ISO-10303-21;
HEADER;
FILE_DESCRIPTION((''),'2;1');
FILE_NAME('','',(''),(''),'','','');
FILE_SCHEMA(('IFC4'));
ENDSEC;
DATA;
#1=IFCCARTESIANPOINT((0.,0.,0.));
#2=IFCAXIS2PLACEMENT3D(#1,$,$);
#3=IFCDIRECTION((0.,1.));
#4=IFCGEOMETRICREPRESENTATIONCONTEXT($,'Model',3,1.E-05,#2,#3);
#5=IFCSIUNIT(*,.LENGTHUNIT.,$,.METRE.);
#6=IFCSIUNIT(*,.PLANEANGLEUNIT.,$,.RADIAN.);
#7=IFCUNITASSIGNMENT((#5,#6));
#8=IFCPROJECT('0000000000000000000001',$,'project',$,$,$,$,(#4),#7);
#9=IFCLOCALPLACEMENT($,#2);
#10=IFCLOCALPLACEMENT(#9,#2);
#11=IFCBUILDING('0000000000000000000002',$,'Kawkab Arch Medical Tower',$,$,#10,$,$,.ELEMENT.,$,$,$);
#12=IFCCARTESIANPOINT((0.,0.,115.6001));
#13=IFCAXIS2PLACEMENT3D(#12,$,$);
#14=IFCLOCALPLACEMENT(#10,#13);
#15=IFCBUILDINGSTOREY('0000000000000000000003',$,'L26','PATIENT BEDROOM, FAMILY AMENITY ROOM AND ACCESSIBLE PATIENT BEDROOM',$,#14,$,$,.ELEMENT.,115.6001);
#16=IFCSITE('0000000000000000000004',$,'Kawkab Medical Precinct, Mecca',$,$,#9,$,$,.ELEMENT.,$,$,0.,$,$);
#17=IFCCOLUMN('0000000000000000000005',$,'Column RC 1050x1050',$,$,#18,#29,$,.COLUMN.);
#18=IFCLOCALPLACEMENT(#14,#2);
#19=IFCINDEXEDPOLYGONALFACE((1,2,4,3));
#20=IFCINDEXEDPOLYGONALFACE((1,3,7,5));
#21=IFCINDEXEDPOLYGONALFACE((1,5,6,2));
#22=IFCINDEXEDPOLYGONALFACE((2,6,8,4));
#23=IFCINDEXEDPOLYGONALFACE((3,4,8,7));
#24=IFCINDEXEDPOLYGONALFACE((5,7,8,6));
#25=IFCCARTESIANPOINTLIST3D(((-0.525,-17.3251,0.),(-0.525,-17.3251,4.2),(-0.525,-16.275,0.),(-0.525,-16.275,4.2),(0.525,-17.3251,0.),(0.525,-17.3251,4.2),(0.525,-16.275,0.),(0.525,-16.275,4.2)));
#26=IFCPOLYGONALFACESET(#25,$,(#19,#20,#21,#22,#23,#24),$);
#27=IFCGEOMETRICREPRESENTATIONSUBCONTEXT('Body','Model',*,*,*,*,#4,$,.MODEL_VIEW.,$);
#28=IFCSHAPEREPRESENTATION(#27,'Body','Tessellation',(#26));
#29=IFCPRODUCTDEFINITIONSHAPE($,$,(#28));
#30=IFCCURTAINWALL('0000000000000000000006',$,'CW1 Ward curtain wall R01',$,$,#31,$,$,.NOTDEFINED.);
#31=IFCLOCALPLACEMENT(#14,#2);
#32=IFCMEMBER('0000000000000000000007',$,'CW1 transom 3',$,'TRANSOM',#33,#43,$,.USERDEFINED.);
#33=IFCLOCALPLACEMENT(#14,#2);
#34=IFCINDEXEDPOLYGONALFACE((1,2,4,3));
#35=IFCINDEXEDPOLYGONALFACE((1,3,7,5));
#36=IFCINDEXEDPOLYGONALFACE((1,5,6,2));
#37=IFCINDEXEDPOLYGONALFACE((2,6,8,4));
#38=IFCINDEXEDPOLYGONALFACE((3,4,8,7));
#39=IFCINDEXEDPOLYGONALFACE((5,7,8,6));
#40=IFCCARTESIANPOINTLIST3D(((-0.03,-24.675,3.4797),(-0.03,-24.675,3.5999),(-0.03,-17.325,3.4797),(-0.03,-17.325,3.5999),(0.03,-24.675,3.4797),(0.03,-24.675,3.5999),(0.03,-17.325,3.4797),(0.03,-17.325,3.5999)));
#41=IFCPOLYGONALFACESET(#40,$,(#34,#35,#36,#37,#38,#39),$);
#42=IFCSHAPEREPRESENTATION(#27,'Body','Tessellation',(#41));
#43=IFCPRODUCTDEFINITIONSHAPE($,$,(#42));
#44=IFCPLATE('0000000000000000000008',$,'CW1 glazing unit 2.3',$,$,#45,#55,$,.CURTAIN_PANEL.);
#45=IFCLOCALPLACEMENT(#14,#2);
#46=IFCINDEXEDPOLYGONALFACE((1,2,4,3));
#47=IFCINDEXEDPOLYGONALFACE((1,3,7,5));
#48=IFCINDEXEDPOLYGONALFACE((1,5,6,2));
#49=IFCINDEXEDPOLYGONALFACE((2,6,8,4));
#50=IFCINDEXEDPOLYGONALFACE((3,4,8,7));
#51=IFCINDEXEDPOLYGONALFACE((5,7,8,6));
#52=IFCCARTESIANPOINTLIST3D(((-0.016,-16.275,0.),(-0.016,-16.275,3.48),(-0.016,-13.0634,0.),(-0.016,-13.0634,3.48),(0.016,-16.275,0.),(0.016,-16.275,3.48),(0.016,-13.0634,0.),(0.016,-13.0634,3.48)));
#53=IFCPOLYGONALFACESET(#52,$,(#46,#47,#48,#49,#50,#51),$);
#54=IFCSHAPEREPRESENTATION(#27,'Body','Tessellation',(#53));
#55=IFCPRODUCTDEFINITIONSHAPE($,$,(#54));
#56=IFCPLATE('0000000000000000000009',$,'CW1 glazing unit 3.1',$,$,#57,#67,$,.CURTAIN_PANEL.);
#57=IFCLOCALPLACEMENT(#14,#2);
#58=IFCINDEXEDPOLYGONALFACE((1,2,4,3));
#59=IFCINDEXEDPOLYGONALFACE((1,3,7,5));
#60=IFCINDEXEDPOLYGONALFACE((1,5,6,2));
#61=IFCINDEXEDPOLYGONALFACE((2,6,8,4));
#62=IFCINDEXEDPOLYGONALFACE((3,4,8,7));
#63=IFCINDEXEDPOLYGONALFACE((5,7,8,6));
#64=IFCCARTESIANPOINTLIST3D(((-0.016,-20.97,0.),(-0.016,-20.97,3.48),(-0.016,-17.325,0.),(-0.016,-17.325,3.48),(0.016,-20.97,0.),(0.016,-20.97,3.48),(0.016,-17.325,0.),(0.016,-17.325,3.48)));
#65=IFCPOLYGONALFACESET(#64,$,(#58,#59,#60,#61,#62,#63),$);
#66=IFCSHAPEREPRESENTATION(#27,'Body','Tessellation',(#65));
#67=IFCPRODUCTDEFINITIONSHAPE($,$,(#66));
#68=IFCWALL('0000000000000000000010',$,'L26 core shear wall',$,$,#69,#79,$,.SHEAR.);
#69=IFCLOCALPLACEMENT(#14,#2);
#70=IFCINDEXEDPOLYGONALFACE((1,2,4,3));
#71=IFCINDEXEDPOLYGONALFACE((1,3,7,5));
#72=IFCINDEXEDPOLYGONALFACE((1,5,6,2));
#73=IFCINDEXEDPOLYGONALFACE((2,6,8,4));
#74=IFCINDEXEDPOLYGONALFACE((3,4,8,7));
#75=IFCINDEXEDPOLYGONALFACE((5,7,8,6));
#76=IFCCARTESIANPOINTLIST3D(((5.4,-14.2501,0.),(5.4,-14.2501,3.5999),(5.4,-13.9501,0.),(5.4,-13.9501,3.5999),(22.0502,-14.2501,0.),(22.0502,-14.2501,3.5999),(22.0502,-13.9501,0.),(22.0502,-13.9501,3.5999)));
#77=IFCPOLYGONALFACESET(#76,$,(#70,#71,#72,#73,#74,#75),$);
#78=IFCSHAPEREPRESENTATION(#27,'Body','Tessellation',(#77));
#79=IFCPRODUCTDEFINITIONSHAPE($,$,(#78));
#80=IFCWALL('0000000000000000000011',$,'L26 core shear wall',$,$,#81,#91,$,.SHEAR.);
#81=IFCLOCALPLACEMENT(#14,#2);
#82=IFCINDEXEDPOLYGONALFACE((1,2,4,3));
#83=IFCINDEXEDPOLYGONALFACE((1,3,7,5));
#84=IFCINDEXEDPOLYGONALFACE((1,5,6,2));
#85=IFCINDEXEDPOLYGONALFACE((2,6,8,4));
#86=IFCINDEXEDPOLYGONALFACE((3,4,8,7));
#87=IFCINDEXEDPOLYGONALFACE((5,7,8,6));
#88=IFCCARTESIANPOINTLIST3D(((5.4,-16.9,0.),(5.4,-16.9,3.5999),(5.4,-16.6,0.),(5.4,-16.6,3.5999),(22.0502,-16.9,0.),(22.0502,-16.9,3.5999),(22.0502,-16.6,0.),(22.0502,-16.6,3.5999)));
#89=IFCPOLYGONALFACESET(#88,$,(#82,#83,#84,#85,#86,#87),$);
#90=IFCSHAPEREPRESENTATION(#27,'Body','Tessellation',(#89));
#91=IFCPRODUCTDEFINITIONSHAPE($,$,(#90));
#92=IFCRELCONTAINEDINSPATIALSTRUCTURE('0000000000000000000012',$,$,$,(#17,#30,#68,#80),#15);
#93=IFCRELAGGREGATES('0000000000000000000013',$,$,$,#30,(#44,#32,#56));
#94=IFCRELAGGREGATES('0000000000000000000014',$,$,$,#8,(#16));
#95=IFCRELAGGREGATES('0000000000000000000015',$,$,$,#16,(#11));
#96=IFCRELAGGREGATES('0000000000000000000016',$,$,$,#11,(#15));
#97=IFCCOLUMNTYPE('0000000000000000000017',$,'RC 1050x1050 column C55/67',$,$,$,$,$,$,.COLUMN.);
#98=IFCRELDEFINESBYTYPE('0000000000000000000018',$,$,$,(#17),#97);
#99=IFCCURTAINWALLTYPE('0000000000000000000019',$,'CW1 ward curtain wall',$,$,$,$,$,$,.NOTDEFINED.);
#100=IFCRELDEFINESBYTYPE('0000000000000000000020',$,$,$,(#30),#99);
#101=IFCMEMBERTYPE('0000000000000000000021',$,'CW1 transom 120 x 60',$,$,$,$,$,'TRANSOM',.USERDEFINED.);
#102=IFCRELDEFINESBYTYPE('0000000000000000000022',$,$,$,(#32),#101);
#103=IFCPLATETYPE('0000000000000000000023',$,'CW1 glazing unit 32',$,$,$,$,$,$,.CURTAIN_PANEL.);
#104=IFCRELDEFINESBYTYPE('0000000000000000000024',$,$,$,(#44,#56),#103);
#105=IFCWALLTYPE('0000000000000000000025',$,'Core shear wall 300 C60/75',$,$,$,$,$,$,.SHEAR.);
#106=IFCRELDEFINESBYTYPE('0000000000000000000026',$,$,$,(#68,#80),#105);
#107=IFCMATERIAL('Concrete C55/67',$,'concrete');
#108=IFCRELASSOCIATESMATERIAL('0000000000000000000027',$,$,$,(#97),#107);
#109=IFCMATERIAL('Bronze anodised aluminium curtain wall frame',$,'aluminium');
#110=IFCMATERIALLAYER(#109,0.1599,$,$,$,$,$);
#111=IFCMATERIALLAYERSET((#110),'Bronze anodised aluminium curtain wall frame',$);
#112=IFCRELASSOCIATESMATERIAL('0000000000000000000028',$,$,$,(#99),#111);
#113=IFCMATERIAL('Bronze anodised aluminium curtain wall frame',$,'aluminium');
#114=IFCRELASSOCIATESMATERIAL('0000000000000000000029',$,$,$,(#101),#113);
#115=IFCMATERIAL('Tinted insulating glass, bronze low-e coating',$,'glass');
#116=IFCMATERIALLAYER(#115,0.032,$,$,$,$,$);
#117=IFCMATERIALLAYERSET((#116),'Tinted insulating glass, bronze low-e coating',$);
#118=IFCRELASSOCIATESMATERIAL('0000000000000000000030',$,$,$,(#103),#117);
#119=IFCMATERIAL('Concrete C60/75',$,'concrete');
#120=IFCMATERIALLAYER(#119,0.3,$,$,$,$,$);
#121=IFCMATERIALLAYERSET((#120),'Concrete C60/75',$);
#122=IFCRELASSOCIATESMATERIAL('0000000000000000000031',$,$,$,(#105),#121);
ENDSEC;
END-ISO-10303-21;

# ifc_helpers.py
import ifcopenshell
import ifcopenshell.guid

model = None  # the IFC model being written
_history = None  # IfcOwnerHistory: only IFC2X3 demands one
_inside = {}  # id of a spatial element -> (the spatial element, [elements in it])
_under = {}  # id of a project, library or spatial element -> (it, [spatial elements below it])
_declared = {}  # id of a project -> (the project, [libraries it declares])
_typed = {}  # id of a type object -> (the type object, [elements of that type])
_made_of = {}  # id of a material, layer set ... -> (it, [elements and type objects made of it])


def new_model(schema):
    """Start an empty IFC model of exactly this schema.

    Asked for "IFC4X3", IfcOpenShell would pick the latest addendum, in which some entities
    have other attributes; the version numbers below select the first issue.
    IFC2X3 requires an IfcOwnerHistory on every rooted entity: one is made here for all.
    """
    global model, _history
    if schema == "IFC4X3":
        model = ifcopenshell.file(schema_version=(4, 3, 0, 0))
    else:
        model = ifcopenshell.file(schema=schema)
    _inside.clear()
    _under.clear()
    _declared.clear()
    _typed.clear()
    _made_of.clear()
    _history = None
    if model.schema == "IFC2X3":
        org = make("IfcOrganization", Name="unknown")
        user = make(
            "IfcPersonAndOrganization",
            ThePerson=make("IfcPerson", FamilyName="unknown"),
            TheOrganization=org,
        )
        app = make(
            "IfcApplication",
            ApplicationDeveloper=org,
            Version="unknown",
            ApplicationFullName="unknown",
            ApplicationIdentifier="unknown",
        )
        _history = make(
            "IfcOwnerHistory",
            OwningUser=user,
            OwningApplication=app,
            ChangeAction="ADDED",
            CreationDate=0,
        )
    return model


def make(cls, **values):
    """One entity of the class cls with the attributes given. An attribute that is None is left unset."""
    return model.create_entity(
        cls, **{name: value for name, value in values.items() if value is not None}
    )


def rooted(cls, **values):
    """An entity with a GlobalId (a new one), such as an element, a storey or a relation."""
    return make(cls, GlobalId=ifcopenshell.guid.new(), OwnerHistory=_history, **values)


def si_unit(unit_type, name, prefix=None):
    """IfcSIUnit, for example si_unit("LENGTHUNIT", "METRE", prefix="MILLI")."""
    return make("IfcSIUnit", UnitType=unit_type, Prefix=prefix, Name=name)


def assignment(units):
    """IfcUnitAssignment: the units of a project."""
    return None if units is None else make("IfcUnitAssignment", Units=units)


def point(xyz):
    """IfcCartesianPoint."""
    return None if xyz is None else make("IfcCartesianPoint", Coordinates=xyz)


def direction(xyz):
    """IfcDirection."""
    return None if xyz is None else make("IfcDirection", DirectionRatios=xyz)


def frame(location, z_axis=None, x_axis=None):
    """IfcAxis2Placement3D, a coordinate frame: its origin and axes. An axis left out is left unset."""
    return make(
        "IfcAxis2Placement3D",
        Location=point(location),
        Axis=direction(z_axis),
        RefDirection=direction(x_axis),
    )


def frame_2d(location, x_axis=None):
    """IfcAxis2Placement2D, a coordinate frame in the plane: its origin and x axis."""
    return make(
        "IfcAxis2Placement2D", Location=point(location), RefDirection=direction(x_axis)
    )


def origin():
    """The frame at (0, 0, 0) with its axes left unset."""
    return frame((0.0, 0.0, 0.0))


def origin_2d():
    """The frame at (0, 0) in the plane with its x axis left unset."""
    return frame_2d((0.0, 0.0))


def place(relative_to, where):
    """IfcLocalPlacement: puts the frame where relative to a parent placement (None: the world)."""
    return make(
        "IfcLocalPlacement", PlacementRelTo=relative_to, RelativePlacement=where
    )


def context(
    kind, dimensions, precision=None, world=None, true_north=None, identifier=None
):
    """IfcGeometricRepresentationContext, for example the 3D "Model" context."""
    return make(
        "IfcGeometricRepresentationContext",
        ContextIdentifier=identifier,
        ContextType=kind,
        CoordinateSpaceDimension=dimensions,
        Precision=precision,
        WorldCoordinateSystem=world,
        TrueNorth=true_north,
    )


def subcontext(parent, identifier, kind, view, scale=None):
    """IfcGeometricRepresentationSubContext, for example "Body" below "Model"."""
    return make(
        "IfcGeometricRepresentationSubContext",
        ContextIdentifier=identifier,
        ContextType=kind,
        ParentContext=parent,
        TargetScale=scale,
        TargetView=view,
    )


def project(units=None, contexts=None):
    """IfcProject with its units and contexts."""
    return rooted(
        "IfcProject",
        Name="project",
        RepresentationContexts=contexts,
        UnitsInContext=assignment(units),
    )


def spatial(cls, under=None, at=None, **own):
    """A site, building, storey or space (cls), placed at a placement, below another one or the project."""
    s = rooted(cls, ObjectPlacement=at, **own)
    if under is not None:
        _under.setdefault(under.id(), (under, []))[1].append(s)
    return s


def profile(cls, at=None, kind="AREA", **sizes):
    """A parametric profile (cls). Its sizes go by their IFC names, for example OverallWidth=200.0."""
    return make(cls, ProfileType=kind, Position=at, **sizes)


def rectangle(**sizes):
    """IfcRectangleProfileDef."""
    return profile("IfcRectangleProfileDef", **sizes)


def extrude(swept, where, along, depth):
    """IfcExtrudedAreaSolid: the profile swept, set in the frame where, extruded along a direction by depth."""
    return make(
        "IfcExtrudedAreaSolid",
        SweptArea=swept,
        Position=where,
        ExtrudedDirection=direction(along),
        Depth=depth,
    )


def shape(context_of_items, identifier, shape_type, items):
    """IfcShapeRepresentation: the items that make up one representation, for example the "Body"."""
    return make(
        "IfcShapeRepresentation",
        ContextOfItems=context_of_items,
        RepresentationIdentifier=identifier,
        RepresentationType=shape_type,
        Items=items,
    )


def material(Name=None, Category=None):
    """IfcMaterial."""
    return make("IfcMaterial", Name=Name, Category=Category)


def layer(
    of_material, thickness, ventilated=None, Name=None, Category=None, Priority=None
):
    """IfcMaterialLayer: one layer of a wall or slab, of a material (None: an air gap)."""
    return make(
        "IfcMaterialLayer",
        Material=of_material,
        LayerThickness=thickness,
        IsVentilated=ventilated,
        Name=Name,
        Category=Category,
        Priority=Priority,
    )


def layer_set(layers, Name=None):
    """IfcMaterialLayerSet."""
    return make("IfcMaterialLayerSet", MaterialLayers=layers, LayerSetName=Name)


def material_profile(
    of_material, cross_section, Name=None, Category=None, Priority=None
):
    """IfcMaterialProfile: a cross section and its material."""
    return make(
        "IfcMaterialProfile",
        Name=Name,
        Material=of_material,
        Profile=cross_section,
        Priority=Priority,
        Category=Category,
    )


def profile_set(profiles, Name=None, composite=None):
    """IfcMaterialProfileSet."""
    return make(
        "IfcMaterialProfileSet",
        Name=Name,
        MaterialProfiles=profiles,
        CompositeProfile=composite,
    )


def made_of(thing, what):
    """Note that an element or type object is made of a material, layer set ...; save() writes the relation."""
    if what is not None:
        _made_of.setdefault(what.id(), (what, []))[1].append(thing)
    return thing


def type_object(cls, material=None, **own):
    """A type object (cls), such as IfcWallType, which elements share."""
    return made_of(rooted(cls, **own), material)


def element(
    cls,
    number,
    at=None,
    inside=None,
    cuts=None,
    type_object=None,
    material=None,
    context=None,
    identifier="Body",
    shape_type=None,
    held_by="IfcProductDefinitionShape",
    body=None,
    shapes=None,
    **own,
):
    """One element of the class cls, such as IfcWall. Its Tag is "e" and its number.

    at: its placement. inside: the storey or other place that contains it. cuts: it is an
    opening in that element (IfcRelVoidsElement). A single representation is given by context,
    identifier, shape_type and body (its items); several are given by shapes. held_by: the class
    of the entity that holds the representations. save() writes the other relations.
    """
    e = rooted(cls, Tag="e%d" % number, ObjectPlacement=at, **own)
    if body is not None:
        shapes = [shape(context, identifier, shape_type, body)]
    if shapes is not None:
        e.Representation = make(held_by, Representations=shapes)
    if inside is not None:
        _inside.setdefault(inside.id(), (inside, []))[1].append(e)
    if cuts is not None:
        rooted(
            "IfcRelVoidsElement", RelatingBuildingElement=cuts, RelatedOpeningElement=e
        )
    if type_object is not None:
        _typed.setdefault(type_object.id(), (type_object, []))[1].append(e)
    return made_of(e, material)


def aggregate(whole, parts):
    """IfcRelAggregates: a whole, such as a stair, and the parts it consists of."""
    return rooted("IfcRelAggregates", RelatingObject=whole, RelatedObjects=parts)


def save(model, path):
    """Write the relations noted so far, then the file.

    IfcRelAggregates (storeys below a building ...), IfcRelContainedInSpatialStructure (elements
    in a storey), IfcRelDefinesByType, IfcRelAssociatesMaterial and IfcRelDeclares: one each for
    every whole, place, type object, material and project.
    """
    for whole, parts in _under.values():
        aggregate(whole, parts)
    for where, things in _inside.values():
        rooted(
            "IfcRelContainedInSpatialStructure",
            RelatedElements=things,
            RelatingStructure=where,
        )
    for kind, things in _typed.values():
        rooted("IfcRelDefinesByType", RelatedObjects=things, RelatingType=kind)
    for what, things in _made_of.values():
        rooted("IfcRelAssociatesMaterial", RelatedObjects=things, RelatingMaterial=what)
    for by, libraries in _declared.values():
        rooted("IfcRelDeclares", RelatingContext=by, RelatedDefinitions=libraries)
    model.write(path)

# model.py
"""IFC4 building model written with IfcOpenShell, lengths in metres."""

from ifc_helpers import new_model, si_unit, direction, frame, frame_2d, origin, origin_2d, place, context, subcontext, project, spatial, rectangle, extrude, material, layer, layer_set, material_profile, profile_set, type_object, element, aggregate, save


model = new_model("IFC4")

# Units and contexts
model_context = context("Model", 3, precision=1e-05, world=origin(), true_north=direction((0.0, 1.0)))
body_context = subcontext(model_context, "Body", "Model", "MODEL_VIEW")
ifc_project = project(units=[si_unit("LENGTHUNIT", "METRE"), si_unit("PLANEANGLEUNIT", "RADIAN")], contexts=[model_context])

# Site, building, storey
site_placement = place(None, origin())
site = spatial("IfcSite", under=ifc_project, at=site_placement, Name="Kawkab Medical Precinct, Mecca", CompositionType="ELEMENT", RefElevation=0.0)
building_placement = place(site_placement, origin())
building = spatial("IfcBuilding", under=site, at=building_placement, Name="Kawkab Arch Medical Tower", CompositionType="ELEMENT")
storey_placement = place(building_placement, frame((0.0, 0.0, 115.6001)))
storey = spatial("IfcBuildingStorey", under=building, at=storey_placement, Name="L26", Description="PATIENT BEDROOM, FAMILY AMENITY ROOM AND ACCESSIBLE PATIENT BEDROOM", CompositionType="ELEMENT", Elevation=115.6001)

# Column
ifc_material_1 = material(Name="Concrete C55/67", Category="concrete")
ifc_material_profile_1 = material_profile(ifc_material_1, rectangle(XDim=1.05, YDim=1.05, at=origin_2d()), Name="RC 1050x1050")
ifc_profile_set_1 = profile_set([ifc_material_profile_1], Name="Concrete C55/67")
column_type = type_object("IfcColumnType", Name="RC 1050x1050 column C55/67", PredefinedType="COLUMN", material=ifc_profile_set_1)
column_placement = place(storey_placement, frame((0.0, -16.8, 0.0), z_axis=(0.0, 0.0, 1.0), x_axis=(1.0, 0.0, 0.0)))
element("IfcColumn", 1, at=column_placement, inside=storey, type_object=column_type, Name="Column RC 1050x1050", PredefinedType="COLUMN", context=body_context, shape_type="SweptSolid", body=[
    extrude(rectangle(XDim=1.05, YDim=1.05, at=origin_2d()), origin(), (0.0, 0.0, 1.0), 4.2),
])

# Curtain wall, member, plates
ifc_material_2 = material(Name="Bronze anodised aluminium curtain wall frame", Category="aluminium")
ifc_layer_1 = layer(ifc_material_2, 0.1599)
ifc_layer_set_1 = layer_set([ifc_layer_1], Name="Bronze anodised aluminium curtain wall frame")
curtain_wall_type = type_object("IfcCurtainWallType", Name="CW1 ward curtain wall", PredefinedType="NOTDEFINED", material=ifc_layer_set_1)
placement = place(storey_placement, origin())
curtain_wall = element("IfcCurtainWall", 2, at=placement, inside=storey, type_object=curtain_wall_type, Name="CW1 Ward curtain wall R01", PredefinedType="NOTDEFINED")
ifc_material_3 = material(Name="Bronze anodised aluminium curtain wall frame", Category="aluminium")
ifc_material_profile_2 = material_profile(ifc_material_3, rectangle(XDim=0.0601, YDim=0.1201, at=origin_2d()), Name="AL 60x120")
ifc_profile_set_2 = profile_set([ifc_material_profile_2], Name="Bronze anodised aluminium curtain wall frame")
member_type = type_object("IfcMemberType", Name="CW1 transom 120 x 60", ElementType="TRANSOM", PredefinedType="USERDEFINED", material=ifc_profile_set_2)
member_placement = place(storey_placement, frame((0.0, -17.325, 3.5398), z_axis=(0.0, -1.0, 0.0), x_axis=(1.0, 0.0, 0.0)))
member = element("IfcMember", 3, at=member_placement, type_object=member_type, Name="CW1 transom 3", ObjectType="TRANSOM", PredefinedType="USERDEFINED", context=body_context, shape_type="SweptSolid", body=[
    extrude(rectangle(XDim=0.0601, YDim=0.1201, at=origin_2d()), origin(), (0.0, 0.0, 1.0), 7.3501),
])
ifc_material_4 = material(Name="Tinted insulating glass, bronze low-e coating", Category="glass")
ifc_layer_2 = layer(ifc_material_4, 0.032)
ifc_layer_set_2 = layer_set([ifc_layer_2], Name="Tinted insulating glass, bronze low-e coating")
plate_type = type_object("IfcPlateType", Name="CW1 glazing unit 32", PredefinedType="CURTAIN_PANEL", material=ifc_layer_set_2)
plate_1_placement = place(storey_placement, frame((0.0, -14.6692, 0.0), z_axis=(0.0, 0.0, 1.0), x_axis=(0.0, -1.0, 0.0)))
plate_1 = element("IfcPlate", 4, at=plate_1_placement, type_object=plate_type, Name="CW1 glazing unit 2.3", PredefinedType="CURTAIN_PANEL", context=body_context, shape_type="SweptSolid", body=[
    extrude(rectangle(XDim=3.2117, YDim=0.032, at=origin_2d()), origin(), (0.0, 0.0, 1.0), 3.48),
])
plate_2_placement = place(storey_placement, frame((0.0, -19.1475, 0.0), z_axis=(0.0, 0.0, 1.0), x_axis=(0.0, -1.0, 0.0)))
plate_2 = element("IfcPlate", 5, at=plate_2_placement, type_object=plate_type, Name="CW1 glazing unit 3.1", PredefinedType="CURTAIN_PANEL", context=body_context, shape_type="SweptSolid", body=[
    extrude(rectangle(XDim=3.645, YDim=0.032, at=origin_2d()), origin(), (0.0, 0.0, 1.0), 3.48),
])
aggregate(curtain_wall, [plate_1, member, plate_2])

# Walls
ifc_material_5 = material(Name="Concrete C60/75", Category="concrete")
ifc_layer_3 = layer(ifc_material_5, 0.3)
ifc_layer_set_3 = layer_set([ifc_layer_3], Name="Concrete C60/75")
wall_type_1 = type_object("IfcWallType", Name="Core shear wall 300 C60/75", PredefinedType="SHEAR", material=ifc_layer_set_3)
for number, where, z_axis, x_axis, name in (
    (6, (5.3999, -14.1001, 0.0), (0.0, 0.0, 1.0), (1.0, 0.0, 0.0), "L26 core shear wall"),
    (7, (5.3999, -16.75, 0.0), (0.0, 0.0, 1.0), (1.0, 0.0, 0.0), "L26 core shear wall"),
):
    element("IfcWall", number, at=place(storey_placement, frame(where, z_axis=z_axis, x_axis=x_axis)), inside=storey, type_object=wall_type_1, Name=name, PredefinedType="SHEAR", context=body_context, shape_type="SweptSolid", body=[
        extrude(rectangle(XDim=16.6501, YDim=0.3, at=frame_2d((8.3252, 0.0))), origin(), (0.0, 0.0, 1.0), 3.5999),
    ])

save(model, "model.ifc")
